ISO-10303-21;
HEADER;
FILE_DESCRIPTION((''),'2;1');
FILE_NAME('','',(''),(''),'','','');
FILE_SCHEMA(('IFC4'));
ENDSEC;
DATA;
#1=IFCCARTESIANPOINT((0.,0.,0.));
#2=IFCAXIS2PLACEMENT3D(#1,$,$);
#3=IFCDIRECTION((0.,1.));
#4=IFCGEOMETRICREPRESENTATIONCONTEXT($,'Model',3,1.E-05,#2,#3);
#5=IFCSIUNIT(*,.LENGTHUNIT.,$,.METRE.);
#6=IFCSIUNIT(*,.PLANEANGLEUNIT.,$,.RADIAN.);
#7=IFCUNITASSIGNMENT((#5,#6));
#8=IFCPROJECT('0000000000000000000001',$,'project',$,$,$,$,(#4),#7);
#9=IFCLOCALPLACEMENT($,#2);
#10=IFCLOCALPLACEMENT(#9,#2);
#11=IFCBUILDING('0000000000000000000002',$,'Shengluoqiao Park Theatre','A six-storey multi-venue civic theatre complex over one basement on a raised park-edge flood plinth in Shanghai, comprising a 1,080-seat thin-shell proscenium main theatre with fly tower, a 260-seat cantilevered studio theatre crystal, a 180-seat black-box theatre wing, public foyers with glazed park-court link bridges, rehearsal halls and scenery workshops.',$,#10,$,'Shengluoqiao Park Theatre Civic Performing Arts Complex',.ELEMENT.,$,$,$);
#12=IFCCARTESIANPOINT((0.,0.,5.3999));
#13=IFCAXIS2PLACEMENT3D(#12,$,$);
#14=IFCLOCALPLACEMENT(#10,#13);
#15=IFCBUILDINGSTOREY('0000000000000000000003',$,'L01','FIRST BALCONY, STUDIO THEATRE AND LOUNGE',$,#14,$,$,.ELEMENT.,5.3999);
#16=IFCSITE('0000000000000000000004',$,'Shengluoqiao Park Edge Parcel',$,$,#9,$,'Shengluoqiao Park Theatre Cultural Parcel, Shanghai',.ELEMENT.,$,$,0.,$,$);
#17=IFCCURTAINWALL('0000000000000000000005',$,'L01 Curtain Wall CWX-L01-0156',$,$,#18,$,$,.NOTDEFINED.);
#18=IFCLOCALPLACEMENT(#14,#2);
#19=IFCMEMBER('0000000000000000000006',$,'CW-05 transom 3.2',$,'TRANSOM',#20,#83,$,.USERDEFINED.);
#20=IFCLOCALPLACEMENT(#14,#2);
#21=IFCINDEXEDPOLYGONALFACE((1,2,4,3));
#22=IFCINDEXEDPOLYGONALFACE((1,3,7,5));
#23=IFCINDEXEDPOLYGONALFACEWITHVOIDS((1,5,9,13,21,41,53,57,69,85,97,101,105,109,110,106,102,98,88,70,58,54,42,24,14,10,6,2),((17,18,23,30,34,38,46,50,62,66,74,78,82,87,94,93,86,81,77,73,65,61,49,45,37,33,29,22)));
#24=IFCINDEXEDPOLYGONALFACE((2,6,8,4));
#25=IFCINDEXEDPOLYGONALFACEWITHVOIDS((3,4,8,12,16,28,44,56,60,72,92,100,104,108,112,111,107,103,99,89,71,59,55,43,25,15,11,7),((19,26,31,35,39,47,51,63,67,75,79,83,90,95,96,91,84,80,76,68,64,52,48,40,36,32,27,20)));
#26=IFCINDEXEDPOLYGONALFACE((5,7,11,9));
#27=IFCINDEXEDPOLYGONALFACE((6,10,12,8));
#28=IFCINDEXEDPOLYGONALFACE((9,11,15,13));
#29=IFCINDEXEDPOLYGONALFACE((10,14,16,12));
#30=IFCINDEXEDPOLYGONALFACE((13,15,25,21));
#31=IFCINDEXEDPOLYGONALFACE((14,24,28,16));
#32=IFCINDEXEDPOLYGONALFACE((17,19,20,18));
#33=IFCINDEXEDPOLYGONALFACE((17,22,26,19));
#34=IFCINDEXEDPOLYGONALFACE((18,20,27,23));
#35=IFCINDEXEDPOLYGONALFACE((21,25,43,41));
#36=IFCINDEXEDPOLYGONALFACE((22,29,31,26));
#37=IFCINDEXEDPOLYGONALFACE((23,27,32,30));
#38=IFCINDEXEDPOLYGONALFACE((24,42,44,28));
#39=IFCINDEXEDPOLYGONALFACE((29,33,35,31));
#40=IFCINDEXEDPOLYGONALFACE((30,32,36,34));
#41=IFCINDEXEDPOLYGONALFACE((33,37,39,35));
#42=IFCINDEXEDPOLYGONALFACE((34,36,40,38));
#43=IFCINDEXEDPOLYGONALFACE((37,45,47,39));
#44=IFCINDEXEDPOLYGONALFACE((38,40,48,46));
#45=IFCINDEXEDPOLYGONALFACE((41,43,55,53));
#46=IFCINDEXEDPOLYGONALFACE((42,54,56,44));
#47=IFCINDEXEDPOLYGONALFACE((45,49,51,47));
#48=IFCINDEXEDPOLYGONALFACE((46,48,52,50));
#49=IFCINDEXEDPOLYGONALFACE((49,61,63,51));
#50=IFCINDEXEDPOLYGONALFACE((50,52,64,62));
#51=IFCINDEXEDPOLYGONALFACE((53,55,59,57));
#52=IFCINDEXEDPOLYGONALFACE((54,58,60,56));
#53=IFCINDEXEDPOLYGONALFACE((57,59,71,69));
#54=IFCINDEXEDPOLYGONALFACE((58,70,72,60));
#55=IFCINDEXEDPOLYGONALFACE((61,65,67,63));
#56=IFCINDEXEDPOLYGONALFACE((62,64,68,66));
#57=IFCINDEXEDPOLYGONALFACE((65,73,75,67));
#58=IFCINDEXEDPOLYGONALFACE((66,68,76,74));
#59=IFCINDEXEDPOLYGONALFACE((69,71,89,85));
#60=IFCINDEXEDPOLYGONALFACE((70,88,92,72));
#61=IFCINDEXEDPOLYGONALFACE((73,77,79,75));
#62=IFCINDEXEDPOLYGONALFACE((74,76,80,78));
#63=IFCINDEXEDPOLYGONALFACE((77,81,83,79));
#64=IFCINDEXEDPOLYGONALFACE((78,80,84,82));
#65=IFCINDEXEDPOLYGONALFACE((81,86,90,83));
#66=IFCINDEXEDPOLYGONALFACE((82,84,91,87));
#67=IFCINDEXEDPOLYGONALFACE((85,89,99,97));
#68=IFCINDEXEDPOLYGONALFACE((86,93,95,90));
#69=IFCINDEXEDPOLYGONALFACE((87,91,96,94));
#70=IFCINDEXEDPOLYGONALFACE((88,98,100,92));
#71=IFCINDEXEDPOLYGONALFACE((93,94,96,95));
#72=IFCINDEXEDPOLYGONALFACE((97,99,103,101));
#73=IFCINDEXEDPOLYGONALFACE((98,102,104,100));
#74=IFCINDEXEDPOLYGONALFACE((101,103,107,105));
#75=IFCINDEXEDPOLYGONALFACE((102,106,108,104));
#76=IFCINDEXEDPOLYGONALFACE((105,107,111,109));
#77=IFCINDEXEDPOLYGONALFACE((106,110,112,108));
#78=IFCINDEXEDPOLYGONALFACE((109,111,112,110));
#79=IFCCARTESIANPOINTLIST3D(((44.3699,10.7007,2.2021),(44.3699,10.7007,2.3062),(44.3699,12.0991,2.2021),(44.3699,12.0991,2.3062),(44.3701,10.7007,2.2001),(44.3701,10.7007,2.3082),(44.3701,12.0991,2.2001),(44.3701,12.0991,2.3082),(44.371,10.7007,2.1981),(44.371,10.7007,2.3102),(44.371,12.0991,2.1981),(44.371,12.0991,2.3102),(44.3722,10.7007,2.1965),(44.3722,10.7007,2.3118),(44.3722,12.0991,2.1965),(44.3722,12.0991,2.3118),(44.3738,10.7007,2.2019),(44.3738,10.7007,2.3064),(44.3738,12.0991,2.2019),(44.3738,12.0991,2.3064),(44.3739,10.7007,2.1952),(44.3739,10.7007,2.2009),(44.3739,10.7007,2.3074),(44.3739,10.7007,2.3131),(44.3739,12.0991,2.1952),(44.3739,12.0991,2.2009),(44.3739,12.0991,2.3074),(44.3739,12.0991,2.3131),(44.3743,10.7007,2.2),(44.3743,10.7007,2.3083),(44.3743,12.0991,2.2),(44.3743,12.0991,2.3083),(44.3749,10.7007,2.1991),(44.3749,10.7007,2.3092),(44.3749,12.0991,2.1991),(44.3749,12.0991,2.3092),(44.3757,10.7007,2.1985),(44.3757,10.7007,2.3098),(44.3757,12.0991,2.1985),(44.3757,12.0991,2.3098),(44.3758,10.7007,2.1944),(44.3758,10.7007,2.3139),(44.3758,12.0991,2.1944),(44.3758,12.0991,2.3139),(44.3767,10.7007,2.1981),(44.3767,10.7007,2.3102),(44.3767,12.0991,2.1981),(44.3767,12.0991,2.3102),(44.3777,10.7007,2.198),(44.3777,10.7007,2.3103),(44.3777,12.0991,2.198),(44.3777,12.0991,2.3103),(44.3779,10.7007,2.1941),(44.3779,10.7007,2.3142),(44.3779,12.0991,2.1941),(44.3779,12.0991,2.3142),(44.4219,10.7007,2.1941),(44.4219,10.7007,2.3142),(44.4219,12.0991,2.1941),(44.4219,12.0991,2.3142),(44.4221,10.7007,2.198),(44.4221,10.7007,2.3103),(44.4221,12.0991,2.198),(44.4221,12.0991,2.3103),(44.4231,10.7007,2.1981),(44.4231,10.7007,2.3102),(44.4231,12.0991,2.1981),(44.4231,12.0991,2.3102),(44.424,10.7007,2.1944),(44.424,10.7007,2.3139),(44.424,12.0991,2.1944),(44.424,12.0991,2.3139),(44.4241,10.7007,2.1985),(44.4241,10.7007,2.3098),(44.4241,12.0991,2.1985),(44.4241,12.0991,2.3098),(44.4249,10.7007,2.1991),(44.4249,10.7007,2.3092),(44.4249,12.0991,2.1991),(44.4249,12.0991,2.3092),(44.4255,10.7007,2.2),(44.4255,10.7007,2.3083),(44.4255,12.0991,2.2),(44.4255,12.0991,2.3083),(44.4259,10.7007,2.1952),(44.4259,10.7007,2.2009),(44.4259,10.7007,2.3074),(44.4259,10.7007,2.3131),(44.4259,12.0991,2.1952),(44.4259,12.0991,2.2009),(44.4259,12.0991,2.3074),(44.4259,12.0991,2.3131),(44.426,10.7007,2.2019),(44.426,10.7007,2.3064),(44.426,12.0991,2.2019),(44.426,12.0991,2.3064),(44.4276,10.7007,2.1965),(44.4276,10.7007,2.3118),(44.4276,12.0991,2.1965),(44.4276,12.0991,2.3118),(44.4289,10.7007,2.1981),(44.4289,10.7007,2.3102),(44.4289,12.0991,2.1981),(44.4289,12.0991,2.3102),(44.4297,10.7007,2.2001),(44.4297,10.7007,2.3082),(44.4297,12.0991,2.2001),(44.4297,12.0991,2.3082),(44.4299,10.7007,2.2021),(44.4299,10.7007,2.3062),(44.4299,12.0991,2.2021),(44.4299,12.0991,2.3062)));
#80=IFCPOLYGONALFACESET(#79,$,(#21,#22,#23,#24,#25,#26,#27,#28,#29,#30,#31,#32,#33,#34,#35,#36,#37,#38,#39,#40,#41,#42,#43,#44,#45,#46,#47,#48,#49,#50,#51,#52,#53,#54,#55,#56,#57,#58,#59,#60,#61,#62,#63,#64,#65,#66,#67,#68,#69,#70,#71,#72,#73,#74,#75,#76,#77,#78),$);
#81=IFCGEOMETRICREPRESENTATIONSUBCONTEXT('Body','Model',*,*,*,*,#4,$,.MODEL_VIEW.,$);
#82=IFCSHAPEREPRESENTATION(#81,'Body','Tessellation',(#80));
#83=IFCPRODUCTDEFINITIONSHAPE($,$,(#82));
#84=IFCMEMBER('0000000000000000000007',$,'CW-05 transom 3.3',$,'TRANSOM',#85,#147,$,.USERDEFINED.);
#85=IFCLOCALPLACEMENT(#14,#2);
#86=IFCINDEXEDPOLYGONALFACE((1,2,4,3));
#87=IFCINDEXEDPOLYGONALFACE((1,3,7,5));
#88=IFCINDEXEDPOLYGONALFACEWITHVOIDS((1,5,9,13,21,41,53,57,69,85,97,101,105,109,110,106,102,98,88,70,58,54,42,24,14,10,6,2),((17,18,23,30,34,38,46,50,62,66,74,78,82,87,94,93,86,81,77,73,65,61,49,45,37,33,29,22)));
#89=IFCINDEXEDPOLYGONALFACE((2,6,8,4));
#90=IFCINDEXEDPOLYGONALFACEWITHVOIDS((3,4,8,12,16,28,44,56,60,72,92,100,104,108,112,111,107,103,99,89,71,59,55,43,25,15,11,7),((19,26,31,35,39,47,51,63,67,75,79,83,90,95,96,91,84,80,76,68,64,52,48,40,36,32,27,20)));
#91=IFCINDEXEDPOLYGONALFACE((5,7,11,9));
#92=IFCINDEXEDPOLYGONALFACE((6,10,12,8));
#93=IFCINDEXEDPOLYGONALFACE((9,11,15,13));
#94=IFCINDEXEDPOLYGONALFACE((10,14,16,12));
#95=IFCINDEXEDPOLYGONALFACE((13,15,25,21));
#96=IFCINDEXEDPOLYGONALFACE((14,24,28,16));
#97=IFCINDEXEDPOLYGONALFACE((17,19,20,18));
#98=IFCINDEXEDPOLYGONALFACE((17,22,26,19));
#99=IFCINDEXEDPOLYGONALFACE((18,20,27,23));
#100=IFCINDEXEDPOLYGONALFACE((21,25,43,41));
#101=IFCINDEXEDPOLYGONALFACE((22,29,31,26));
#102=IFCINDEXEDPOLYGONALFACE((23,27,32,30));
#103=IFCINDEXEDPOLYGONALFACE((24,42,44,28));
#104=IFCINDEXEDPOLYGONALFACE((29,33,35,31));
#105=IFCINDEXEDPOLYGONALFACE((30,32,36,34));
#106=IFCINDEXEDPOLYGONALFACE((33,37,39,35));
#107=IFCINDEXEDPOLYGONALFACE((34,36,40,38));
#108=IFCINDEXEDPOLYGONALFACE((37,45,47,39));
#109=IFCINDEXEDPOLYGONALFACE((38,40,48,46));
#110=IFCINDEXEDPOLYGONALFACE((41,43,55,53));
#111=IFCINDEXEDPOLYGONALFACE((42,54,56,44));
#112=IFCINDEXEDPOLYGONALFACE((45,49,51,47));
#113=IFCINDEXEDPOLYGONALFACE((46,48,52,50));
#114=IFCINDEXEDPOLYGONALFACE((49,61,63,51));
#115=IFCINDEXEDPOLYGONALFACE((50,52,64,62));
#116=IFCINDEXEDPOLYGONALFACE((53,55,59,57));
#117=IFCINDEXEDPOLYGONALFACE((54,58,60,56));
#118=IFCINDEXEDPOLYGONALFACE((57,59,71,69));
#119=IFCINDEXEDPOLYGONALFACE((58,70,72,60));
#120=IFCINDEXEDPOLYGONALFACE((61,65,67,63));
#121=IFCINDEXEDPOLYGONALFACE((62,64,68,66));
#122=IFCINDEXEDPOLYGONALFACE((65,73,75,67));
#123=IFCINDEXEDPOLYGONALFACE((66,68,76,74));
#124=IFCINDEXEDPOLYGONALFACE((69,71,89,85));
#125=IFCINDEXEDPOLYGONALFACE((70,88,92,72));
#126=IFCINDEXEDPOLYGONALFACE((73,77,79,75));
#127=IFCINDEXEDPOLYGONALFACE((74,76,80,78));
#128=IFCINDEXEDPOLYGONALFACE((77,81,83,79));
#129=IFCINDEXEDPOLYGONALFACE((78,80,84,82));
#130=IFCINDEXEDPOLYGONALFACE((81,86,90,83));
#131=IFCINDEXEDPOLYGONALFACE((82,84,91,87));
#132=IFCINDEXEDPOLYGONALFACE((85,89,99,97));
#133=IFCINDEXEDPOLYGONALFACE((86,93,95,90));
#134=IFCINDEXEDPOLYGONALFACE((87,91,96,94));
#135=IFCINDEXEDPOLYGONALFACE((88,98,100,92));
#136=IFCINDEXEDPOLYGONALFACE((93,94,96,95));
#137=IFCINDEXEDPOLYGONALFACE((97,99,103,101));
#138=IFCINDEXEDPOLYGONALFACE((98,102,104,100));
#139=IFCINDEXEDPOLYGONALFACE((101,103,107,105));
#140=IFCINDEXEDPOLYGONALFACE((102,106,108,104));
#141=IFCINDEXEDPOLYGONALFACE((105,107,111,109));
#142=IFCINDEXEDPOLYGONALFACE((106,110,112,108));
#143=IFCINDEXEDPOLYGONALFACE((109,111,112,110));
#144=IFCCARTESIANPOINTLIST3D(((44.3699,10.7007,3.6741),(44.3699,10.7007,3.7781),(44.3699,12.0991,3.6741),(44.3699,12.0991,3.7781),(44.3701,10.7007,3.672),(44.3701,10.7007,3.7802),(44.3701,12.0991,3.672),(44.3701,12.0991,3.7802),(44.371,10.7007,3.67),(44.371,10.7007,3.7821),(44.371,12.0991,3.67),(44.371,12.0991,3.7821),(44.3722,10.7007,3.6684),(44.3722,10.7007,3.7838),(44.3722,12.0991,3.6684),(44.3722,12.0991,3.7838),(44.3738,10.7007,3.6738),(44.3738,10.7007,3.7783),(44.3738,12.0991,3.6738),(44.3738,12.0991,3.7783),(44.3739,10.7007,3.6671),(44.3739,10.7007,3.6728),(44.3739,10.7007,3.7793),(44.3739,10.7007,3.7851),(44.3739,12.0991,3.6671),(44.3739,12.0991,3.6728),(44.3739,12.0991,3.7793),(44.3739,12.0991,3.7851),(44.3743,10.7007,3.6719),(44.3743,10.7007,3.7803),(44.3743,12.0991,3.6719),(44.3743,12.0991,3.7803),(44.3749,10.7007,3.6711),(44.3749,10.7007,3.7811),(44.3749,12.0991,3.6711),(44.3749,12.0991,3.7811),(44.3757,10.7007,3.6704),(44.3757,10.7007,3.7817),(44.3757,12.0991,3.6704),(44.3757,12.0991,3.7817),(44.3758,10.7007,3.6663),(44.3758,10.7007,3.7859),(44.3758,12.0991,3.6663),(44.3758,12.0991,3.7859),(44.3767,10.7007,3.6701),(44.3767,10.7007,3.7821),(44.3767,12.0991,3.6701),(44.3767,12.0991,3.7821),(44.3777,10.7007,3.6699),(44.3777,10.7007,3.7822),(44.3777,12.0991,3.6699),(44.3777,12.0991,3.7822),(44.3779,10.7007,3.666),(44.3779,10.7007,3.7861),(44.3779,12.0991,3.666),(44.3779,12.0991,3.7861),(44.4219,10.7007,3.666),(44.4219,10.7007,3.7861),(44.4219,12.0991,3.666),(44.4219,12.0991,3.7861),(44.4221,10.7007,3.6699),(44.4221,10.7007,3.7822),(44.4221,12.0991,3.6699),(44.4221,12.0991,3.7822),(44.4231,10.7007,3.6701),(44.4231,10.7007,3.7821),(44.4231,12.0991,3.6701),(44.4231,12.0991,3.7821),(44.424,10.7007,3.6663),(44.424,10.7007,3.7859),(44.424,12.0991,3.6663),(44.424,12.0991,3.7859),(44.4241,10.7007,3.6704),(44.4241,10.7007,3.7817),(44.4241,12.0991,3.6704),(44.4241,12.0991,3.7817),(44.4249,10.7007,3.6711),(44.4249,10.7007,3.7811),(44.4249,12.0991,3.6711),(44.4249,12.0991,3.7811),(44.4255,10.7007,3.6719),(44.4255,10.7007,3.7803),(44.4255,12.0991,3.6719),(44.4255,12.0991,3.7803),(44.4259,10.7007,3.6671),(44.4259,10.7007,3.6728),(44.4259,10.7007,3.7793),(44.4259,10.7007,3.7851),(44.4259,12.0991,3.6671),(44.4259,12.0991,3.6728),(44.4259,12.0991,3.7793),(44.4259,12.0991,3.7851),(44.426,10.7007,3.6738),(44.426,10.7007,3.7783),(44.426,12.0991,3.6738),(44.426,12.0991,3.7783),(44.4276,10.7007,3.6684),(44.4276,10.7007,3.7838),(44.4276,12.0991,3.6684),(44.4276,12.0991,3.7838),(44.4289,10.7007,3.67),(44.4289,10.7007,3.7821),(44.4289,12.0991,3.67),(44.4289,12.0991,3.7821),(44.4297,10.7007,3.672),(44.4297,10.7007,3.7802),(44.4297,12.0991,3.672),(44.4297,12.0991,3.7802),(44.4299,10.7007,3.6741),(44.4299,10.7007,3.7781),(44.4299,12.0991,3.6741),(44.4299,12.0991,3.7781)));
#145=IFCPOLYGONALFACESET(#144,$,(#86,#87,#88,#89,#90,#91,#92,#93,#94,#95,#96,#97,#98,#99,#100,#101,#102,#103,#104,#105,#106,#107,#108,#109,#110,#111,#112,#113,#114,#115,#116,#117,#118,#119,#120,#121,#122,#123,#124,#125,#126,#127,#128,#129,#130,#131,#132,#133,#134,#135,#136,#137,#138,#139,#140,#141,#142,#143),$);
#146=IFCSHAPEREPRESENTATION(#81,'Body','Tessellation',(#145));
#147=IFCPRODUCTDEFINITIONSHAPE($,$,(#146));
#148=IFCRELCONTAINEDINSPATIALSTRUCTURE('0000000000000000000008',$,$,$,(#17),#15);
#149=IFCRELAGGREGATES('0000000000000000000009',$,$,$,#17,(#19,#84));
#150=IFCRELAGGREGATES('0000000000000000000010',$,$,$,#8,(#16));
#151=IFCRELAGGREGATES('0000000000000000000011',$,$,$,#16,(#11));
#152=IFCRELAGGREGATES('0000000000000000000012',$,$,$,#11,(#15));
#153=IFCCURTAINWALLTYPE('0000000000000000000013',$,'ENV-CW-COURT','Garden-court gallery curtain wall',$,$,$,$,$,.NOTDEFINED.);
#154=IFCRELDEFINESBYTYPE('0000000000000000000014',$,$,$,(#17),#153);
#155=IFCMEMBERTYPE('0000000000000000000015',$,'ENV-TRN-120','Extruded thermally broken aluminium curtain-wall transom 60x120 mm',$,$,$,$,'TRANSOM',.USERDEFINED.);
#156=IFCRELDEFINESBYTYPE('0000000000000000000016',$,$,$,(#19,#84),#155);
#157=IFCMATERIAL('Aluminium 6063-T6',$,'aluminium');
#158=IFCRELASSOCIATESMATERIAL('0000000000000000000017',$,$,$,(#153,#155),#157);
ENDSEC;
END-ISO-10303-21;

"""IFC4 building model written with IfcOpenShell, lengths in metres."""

from ifc_helpers import new_model, si_unit, direction, frame, origin, origin_2d, place, context, subcontext, project, spatial, hollow_rectangle, extrude, material, material_profile, profile_set, type_object, element, aggregate, save


model = new_model("IFC4")

# Units and contexts
model_context = context("Model", 3, precision=1e-05, world=origin(), true_north=direction((0.0, 1.0)))
body_context = subcontext(model_context, "Body", "Model", "MODEL_VIEW")
ifc_project = project(units=[si_unit("LENGTHUNIT", "METRE"), si_unit("PLANEANGLEUNIT", "RADIAN")], contexts=[model_context])

# Site, building, storey
site_placement = place(None, origin())
site = spatial("IfcSite", under=ifc_project, at=site_placement, Name="Shengluoqiao Park Edge Parcel", LongName="Shengluoqiao Park Theatre Cultural Parcel, Shanghai", CompositionType="ELEMENT", RefElevation=0.0)
building_placement = place(site_placement, origin())
building = spatial("IfcBuilding", under=site, at=building_placement, Name="Shengluoqiao Park Theatre", Description="A six-storey multi-venue civic theatre complex over one basement on a raised park-edge flood plinth in Shanghai, comprising a 1,080-seat thin-shell proscenium main theatre with fly tower, a 260-seat cantilevered studio theatre crystal, a 180-seat black-box theatre wing, public foyers with glazed park-court link bridges, rehearsal halls and scenery workshops.", LongName="Shengluoqiao Park Theatre Civic Performing Arts Complex", CompositionType="ELEMENT")
storey_placement = place(building_placement, frame((0.0, 0.0, 5.3999)))
storey = spatial("IfcBuildingStorey", under=building, at=storey_placement, Name="L01", Description="FIRST BALCONY, STUDIO THEATRE AND LOUNGE", CompositionType="ELEMENT", Elevation=5.3999)

# Curtain wall, members
ifc_material_1 = material(Name="Aluminium 6063-T6", Category="aluminium")
curtain_wall_type = type_object("IfcCurtainWallType", Name="ENV-CW-COURT", Description="Garden-court gallery curtain wall", PredefinedType="NOTDEFINED", material=ifc_material_1)
curtain_wall_placement = place(storey_placement, origin())
curtain_wall = element("IfcCurtainWall", 1, at=curtain_wall_placement, inside=storey, type_object=curtain_wall_type, Name="L01 Curtain Wall CWX-L01-0156", PredefinedType="NOTDEFINED")
ifc_material_profile_1 = material_profile(ifc_material_1, hollow_rectangle(XDim=0.0601, YDim=0.1201, WallThickness=0.0039, InnerFilletRadius=0.0039, OuterFilletRadius=0.0081, at=origin_2d()), Name="ALU TRANSOM 120x60x4")
ifc_profile_set_1 = profile_set([ifc_material_profile_1], Name="Aluminium 6063-T6")
member_type_1 = type_object("IfcMemberType", Name="ENV-TRN-120", Description="Extruded thermally broken aluminium curtain-wall transom 60x120 mm", ElementType="TRANSOM", PredefinedType="USERDEFINED", material=ifc_profile_set_1)
member_1_placement = place(storey_placement, frame((44.3999, 10.7007, 2.2542), z_axis=(0.0, 1.0, 0.0), x_axis=(-1.0, 0.0, 0.0)))
member_1 = element("IfcMember", 2, at=member_1_placement, type_object=member_type_1, Name="CW-05 transom 3.2", ObjectType="TRANSOM", PredefinedType="USERDEFINED", context=body_context, shape_type="SweptSolid", body=[
    extrude(hollow_rectangle(XDim=0.0601, YDim=0.1201, WallThickness=0.0039, InnerFilletRadius=0.0039, OuterFilletRadius=0.0081, at=origin_2d()), origin(), (0.0, 0.0, 1.0), 1.3984),
])
member_2_placement = place(storey_placement, frame((44.3999, 10.7007, 3.7261), z_axis=(0.0, 1.0, 0.0), x_axis=(-1.0, 0.0, 0.0)))
member_2 = element("IfcMember", 3, at=member_2_placement, type_object=member_type_1, Name="CW-05 transom 3.3", ObjectType="TRANSOM", PredefinedType="USERDEFINED", context=body_context, shape_type="SweptSolid", body=[
    extrude(hollow_rectangle(XDim=0.0601, YDim=0.1201, WallThickness=0.0039, InnerFilletRadius=0.0039, OuterFilletRadius=0.0081, at=origin_2d()), origin(), (0.0, 0.0, 1.0), 1.3984),
])

aggregate(curtain_wall, [member_1, member_2])

save(model, "model.ifc")
